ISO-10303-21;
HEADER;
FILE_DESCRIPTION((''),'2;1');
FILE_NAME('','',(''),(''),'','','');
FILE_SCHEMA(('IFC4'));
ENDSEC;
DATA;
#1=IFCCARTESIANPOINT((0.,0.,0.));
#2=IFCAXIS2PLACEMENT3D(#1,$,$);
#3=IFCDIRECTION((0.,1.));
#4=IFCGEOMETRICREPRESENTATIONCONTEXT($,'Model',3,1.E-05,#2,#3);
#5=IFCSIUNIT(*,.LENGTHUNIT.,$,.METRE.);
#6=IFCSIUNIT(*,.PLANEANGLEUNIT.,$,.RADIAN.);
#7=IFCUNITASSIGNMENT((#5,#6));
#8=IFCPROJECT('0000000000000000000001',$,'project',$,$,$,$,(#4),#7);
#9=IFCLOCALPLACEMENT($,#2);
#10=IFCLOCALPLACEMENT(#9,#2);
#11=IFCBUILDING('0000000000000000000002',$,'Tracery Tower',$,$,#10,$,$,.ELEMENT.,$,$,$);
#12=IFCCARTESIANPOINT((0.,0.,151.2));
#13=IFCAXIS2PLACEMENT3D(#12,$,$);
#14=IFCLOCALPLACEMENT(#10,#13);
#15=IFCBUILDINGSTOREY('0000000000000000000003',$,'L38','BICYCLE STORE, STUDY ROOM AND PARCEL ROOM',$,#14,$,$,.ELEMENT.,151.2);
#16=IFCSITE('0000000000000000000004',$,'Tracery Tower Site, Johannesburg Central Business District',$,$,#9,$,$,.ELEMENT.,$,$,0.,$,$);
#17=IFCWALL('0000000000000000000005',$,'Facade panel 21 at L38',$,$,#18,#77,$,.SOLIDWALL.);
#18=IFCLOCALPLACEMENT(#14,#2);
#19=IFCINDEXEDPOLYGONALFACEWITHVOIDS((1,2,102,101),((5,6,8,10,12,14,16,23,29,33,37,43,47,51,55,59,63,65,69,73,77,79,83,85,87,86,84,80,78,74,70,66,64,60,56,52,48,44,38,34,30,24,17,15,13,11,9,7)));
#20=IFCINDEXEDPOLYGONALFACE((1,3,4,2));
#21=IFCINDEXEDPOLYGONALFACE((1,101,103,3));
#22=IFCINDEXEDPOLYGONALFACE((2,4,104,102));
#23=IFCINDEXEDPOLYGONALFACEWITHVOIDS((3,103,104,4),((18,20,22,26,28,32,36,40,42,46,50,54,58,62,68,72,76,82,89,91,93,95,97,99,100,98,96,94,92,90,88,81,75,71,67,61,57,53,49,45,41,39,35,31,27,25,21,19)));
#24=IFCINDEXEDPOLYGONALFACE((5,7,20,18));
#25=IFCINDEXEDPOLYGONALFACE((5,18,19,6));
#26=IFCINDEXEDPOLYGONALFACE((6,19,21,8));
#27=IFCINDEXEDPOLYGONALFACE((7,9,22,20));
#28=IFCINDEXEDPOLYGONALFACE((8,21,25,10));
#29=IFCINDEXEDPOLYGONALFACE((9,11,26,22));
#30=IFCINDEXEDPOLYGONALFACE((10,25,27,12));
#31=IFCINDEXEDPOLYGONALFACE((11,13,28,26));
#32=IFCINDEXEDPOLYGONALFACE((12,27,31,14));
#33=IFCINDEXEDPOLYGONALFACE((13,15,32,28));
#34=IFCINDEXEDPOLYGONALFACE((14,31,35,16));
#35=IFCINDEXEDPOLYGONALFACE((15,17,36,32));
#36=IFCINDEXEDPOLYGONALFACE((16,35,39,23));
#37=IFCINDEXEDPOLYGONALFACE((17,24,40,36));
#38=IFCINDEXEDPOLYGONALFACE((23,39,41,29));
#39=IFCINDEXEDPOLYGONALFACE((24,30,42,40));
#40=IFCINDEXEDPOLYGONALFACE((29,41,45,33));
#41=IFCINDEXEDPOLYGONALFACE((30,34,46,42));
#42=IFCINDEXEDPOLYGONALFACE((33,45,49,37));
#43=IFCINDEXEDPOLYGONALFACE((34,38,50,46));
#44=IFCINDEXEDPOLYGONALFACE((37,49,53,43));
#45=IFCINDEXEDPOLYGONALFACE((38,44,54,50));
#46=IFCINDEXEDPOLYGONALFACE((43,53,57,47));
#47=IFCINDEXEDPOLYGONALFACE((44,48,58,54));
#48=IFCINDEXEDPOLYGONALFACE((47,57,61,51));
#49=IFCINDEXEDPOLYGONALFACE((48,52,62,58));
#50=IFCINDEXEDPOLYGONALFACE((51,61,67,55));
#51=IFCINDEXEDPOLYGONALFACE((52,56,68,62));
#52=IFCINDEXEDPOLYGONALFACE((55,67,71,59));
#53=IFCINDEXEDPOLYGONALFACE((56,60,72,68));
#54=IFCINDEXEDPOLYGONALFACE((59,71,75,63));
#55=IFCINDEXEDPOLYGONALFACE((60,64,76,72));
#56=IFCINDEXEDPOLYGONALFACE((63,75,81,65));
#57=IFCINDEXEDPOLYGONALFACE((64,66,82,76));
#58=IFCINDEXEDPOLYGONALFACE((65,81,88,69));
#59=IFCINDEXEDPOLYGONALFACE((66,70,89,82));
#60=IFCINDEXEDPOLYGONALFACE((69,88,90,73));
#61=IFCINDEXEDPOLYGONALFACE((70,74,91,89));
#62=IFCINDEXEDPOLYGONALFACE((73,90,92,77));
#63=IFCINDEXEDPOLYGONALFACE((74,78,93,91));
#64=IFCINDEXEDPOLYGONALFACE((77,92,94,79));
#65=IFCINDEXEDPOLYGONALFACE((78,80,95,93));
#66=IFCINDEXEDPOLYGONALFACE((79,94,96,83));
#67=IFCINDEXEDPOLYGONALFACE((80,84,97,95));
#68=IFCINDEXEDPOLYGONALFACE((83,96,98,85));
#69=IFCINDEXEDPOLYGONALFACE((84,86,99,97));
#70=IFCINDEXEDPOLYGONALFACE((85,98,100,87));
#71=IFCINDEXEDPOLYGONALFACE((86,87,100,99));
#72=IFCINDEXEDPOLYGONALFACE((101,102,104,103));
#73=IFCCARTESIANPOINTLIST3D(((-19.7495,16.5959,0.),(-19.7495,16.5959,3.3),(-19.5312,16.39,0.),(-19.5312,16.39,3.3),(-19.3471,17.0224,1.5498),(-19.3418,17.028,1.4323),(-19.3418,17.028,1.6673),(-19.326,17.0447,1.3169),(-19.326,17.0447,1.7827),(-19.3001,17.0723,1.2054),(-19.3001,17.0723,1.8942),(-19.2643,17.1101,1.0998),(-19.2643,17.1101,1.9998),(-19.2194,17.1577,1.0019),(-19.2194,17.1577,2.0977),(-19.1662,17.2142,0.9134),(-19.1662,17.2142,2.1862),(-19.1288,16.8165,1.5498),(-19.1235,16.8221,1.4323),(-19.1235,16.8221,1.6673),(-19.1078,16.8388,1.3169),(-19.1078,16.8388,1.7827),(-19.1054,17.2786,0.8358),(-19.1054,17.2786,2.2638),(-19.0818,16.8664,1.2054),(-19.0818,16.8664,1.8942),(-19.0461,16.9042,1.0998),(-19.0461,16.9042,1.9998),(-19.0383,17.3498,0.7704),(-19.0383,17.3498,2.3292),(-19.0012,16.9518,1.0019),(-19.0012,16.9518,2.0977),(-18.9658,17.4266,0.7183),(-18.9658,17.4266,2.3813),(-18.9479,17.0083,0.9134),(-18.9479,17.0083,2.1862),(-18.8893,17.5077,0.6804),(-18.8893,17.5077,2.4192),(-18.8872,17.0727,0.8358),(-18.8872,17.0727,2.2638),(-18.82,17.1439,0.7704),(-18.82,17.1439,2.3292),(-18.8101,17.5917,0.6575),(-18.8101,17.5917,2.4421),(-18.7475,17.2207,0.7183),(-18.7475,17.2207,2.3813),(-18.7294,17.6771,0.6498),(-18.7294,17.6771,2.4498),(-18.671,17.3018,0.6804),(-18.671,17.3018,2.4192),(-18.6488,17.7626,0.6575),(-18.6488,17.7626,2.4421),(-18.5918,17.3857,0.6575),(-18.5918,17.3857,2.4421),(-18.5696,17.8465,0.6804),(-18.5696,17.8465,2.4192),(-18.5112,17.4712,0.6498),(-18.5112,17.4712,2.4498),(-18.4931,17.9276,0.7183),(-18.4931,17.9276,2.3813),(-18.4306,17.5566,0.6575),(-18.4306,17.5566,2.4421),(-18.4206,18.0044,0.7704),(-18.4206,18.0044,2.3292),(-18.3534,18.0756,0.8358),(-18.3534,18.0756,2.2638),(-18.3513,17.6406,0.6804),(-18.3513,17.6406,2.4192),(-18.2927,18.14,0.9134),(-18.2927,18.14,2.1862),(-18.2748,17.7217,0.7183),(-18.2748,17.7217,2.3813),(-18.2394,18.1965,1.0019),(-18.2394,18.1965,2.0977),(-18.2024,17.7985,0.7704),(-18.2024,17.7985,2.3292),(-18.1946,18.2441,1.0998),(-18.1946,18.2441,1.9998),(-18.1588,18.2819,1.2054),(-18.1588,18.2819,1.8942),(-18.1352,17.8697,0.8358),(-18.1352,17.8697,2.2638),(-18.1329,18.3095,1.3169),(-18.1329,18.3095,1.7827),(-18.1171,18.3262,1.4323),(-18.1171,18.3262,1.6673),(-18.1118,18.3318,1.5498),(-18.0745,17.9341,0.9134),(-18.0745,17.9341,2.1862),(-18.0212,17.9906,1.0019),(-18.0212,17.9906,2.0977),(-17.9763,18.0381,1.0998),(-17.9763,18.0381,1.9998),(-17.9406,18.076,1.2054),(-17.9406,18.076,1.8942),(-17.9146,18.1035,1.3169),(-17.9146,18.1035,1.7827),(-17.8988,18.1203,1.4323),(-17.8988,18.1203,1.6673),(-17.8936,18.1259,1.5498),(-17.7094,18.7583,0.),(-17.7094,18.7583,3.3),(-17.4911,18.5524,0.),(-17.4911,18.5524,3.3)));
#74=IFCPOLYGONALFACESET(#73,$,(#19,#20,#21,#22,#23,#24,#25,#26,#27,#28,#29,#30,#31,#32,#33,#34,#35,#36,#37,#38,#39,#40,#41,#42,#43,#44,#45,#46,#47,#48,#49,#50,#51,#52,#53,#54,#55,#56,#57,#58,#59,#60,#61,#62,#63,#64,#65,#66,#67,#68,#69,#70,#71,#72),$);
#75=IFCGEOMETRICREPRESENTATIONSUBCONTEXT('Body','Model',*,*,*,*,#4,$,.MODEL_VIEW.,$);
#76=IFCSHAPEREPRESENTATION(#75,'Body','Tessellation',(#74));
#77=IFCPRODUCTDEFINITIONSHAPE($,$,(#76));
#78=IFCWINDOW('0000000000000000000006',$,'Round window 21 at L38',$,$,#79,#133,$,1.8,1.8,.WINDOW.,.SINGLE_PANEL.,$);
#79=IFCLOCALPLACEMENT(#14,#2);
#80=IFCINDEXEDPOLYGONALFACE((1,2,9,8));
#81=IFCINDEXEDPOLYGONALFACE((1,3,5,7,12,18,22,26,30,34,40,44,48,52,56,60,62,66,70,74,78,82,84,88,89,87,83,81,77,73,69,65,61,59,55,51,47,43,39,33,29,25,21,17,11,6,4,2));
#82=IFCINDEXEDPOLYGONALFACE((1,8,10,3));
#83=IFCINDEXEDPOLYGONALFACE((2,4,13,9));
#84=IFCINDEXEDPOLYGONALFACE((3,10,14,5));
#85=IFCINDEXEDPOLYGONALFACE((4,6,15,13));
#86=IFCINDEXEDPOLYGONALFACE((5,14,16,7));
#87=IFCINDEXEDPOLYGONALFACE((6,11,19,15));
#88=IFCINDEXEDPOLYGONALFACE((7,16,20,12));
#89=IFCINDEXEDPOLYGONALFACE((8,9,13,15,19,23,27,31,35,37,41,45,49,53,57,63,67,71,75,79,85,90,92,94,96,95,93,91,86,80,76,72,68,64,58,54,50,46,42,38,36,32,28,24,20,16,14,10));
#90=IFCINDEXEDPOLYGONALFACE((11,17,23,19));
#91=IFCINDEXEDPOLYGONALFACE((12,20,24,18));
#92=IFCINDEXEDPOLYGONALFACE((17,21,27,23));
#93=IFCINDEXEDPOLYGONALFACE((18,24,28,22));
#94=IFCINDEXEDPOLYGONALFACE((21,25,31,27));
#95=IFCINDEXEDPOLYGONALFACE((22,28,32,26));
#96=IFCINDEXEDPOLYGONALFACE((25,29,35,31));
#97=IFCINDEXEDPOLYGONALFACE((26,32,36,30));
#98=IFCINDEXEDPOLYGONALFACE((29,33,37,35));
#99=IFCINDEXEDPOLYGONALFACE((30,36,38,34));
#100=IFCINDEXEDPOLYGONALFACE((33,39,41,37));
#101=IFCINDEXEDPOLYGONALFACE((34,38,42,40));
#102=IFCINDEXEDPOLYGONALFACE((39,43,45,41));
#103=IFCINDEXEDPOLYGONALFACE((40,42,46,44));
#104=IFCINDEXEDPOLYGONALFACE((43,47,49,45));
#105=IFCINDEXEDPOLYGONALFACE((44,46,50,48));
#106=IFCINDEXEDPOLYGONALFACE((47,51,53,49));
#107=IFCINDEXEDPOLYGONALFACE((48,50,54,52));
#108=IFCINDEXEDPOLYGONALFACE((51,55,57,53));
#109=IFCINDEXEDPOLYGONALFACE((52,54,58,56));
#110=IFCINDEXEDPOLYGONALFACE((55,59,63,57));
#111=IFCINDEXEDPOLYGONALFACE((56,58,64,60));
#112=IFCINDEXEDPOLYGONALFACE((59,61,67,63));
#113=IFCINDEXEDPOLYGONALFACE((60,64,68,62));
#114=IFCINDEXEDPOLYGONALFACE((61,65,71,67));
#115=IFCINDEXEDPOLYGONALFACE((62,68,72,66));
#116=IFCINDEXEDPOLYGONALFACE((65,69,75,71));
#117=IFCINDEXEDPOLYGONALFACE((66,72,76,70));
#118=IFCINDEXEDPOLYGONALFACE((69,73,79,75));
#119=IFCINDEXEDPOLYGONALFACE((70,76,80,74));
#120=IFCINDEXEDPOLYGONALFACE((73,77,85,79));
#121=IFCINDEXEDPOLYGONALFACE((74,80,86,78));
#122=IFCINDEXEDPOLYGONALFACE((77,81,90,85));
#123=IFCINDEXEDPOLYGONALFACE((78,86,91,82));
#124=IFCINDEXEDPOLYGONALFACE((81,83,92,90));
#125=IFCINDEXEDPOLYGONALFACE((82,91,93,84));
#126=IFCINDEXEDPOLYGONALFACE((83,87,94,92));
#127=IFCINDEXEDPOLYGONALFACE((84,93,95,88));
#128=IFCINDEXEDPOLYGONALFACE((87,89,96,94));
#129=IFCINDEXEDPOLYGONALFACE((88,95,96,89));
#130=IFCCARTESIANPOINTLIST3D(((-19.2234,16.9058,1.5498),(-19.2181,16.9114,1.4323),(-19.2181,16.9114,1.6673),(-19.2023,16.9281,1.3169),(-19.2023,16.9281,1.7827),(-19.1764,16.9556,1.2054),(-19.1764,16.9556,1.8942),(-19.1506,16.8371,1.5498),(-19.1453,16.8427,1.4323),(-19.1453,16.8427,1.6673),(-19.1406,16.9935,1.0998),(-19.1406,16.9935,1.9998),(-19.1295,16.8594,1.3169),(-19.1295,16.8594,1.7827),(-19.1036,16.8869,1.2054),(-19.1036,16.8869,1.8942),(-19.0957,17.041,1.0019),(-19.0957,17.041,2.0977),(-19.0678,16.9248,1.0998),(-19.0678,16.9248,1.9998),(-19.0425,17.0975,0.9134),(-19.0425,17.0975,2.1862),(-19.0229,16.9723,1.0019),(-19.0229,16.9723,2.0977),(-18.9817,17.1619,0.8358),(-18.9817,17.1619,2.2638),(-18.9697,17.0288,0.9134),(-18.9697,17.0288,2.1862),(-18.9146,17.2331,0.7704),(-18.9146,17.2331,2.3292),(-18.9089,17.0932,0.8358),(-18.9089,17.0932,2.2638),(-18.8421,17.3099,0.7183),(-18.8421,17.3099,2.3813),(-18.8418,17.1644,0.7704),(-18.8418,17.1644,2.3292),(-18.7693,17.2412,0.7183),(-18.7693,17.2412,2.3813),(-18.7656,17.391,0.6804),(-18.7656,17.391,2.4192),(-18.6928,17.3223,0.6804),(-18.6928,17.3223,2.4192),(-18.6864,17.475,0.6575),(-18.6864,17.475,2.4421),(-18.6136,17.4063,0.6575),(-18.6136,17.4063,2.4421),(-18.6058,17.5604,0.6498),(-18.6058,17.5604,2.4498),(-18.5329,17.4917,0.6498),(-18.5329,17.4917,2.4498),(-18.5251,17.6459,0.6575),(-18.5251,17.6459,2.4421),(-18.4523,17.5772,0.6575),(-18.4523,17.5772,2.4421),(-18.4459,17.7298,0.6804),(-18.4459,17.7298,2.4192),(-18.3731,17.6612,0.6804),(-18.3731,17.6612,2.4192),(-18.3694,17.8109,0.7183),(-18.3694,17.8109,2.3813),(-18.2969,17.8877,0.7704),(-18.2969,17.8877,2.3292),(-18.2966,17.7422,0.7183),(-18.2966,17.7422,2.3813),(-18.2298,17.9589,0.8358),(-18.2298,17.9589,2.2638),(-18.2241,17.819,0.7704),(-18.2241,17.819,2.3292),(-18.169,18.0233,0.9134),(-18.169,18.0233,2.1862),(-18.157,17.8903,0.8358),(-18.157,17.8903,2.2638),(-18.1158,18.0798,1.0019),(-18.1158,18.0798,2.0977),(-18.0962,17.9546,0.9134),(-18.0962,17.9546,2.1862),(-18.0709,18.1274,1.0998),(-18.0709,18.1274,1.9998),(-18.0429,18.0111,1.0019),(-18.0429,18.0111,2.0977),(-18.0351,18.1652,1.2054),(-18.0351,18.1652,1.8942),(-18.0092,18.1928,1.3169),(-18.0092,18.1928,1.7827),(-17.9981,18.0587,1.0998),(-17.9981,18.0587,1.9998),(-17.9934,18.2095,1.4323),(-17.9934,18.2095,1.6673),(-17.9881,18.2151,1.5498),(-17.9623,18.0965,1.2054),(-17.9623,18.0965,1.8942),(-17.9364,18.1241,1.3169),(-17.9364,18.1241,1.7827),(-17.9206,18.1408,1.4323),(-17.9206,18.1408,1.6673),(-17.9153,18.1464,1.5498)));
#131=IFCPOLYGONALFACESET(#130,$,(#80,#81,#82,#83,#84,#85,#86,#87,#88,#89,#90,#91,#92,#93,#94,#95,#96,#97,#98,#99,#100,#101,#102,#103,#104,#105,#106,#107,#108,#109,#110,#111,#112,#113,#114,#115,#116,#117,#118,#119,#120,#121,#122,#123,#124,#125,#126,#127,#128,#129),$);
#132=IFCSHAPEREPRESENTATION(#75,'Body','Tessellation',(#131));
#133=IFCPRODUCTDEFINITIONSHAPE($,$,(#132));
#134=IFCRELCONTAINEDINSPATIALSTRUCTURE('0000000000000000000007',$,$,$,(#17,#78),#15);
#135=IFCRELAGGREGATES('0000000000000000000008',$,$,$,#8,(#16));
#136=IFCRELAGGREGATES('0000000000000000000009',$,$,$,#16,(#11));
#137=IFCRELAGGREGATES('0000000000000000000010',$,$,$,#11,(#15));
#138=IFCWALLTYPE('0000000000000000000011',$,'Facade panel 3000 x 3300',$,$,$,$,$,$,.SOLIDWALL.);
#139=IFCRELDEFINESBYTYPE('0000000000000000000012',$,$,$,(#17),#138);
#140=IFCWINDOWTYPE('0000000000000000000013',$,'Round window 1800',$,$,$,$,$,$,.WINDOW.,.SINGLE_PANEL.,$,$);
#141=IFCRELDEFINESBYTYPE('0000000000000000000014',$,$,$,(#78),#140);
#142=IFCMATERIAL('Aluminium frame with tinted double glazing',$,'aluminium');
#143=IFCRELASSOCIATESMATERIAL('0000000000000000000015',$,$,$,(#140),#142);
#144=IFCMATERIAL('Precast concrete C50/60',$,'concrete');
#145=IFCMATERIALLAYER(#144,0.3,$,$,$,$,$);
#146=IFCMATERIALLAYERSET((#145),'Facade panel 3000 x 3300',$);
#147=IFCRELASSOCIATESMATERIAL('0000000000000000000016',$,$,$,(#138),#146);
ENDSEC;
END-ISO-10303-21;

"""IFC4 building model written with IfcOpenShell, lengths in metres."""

from ifc_helpers import new_model, si_unit, direction, frame, frame_2d, origin, origin_2d, place, context, subcontext, project, spatial, rectangle, circle, extrude, material, layer, layer_set, type_object, element, fill, save


model = new_model("IFC4")

# Units and contexts
model_context = context("Model", 3, precision=1e-05, world=origin(), true_north=direction((0.0, 1.0)))
body_context = subcontext(model_context, "Body", "Model", "MODEL_VIEW")
ifc_project = project(units=[si_unit("LENGTHUNIT", "METRE"), si_unit("PLANEANGLEUNIT", "RADIAN")], contexts=[model_context])

# Site, building, storey
site_placement = place(None, origin())
site = spatial("IfcSite", under=ifc_project, at=site_placement, Name="Tracery Tower Site, Johannesburg Central Business District", CompositionType="ELEMENT", RefElevation=0.0)
building_placement = place(site_placement, origin())
building = spatial("IfcBuilding", under=site, at=building_placement, Name="Tracery Tower", CompositionType="ELEMENT")
storey_placement = place(building_placement, frame((0.0, 0.0, 151.2)))
storey = spatial("IfcBuildingStorey", under=building, at=storey_placement, Name="L38", Description="BICYCLE STORE, STUDY ROOM AND PARCEL ROOM", CompositionType="ELEMENT", Elevation=151.2)

# Wall, opening, window
ifc_material_1 = material(Name="Aluminium frame with tinted double glazing", Category="aluminium")
window_type = type_object("IfcWindowType", Name="Round window 1800", PartitioningType="SINGLE_PANEL", PredefinedType="WINDOW", material=ifc_material_1)
ifc_material_2 = material(Name="Precast concrete C50/60", Category="concrete")
ifc_layer_1 = layer(ifc_material_2, 0.3)
ifc_layer_set_1 = layer_set([ifc_layer_1], Name="Facade panel 3000 x 3300")
wall_type_1 = type_object("IfcWallType", Name="Facade panel 3000 x 3300", PredefinedType="SOLIDWALL", material=ifc_layer_set_1)
wall_1_placement = place(storey_placement, frame((-17.6003, 18.6553, 0.0), z_axis=(0.0, 0.0, 1.0), x_axis=(-0.686235, -0.72738, 0.0)))
wall_1 = element("IfcWall", 1, at=wall_1_placement, inside=storey, type_object=wall_type_1, Name="Facade panel 21 at L38", PredefinedType="SOLIDWALL", context=body_context, shape_type="SweptSolid", body=[
    extrude(rectangle(XDim=2.9729, YDim=0.3, at=frame_2d((1.4863, 0.0))), origin(), (0.0, 0.0, 1.0), 3.3),
])
opening_1_placement = place(wall_1_placement, frame((1.4863, 0.0, 1.5498)))
opening_1 = element("IfcOpeningElement", 2, at=opening_1_placement, cuts=wall_1, PredefinedType="OPENING", context=body_context, shape_type="SweptSolid", body=[
    extrude(circle(Radius=0.9, at=origin_2d()), frame((0.0, 0.1599, 0.0), z_axis=(0.0, -1.0, 0.0), x_axis=(1.0, 0.0, 0.0)), (0.0, 0.0, 1.0), 0.3201),
])
window_1_placement = place(opening_1_placement, origin())
window_1 = element("IfcWindow", 3, at=window_1_placement, inside=storey, type_object=window_type, Name="Round window 21 at L38", OverallHeight=1.8, OverallWidth=1.8, PartitioningType="SINGLE_PANEL", PredefinedType="WINDOW", context=body_context, shape_type="SweptSolid", body=[
    extrude(circle(Radius=0.9, at=origin_2d()), frame((0.0, 0.1201, 0.0), z_axis=(0.0, -1.0, 0.0), x_axis=(1.0, 0.0, 0.0)), (0.0, 0.0, 1.0), 0.1001),
])
fill(opening_1, window_1)

save(model, "model.ifc")
